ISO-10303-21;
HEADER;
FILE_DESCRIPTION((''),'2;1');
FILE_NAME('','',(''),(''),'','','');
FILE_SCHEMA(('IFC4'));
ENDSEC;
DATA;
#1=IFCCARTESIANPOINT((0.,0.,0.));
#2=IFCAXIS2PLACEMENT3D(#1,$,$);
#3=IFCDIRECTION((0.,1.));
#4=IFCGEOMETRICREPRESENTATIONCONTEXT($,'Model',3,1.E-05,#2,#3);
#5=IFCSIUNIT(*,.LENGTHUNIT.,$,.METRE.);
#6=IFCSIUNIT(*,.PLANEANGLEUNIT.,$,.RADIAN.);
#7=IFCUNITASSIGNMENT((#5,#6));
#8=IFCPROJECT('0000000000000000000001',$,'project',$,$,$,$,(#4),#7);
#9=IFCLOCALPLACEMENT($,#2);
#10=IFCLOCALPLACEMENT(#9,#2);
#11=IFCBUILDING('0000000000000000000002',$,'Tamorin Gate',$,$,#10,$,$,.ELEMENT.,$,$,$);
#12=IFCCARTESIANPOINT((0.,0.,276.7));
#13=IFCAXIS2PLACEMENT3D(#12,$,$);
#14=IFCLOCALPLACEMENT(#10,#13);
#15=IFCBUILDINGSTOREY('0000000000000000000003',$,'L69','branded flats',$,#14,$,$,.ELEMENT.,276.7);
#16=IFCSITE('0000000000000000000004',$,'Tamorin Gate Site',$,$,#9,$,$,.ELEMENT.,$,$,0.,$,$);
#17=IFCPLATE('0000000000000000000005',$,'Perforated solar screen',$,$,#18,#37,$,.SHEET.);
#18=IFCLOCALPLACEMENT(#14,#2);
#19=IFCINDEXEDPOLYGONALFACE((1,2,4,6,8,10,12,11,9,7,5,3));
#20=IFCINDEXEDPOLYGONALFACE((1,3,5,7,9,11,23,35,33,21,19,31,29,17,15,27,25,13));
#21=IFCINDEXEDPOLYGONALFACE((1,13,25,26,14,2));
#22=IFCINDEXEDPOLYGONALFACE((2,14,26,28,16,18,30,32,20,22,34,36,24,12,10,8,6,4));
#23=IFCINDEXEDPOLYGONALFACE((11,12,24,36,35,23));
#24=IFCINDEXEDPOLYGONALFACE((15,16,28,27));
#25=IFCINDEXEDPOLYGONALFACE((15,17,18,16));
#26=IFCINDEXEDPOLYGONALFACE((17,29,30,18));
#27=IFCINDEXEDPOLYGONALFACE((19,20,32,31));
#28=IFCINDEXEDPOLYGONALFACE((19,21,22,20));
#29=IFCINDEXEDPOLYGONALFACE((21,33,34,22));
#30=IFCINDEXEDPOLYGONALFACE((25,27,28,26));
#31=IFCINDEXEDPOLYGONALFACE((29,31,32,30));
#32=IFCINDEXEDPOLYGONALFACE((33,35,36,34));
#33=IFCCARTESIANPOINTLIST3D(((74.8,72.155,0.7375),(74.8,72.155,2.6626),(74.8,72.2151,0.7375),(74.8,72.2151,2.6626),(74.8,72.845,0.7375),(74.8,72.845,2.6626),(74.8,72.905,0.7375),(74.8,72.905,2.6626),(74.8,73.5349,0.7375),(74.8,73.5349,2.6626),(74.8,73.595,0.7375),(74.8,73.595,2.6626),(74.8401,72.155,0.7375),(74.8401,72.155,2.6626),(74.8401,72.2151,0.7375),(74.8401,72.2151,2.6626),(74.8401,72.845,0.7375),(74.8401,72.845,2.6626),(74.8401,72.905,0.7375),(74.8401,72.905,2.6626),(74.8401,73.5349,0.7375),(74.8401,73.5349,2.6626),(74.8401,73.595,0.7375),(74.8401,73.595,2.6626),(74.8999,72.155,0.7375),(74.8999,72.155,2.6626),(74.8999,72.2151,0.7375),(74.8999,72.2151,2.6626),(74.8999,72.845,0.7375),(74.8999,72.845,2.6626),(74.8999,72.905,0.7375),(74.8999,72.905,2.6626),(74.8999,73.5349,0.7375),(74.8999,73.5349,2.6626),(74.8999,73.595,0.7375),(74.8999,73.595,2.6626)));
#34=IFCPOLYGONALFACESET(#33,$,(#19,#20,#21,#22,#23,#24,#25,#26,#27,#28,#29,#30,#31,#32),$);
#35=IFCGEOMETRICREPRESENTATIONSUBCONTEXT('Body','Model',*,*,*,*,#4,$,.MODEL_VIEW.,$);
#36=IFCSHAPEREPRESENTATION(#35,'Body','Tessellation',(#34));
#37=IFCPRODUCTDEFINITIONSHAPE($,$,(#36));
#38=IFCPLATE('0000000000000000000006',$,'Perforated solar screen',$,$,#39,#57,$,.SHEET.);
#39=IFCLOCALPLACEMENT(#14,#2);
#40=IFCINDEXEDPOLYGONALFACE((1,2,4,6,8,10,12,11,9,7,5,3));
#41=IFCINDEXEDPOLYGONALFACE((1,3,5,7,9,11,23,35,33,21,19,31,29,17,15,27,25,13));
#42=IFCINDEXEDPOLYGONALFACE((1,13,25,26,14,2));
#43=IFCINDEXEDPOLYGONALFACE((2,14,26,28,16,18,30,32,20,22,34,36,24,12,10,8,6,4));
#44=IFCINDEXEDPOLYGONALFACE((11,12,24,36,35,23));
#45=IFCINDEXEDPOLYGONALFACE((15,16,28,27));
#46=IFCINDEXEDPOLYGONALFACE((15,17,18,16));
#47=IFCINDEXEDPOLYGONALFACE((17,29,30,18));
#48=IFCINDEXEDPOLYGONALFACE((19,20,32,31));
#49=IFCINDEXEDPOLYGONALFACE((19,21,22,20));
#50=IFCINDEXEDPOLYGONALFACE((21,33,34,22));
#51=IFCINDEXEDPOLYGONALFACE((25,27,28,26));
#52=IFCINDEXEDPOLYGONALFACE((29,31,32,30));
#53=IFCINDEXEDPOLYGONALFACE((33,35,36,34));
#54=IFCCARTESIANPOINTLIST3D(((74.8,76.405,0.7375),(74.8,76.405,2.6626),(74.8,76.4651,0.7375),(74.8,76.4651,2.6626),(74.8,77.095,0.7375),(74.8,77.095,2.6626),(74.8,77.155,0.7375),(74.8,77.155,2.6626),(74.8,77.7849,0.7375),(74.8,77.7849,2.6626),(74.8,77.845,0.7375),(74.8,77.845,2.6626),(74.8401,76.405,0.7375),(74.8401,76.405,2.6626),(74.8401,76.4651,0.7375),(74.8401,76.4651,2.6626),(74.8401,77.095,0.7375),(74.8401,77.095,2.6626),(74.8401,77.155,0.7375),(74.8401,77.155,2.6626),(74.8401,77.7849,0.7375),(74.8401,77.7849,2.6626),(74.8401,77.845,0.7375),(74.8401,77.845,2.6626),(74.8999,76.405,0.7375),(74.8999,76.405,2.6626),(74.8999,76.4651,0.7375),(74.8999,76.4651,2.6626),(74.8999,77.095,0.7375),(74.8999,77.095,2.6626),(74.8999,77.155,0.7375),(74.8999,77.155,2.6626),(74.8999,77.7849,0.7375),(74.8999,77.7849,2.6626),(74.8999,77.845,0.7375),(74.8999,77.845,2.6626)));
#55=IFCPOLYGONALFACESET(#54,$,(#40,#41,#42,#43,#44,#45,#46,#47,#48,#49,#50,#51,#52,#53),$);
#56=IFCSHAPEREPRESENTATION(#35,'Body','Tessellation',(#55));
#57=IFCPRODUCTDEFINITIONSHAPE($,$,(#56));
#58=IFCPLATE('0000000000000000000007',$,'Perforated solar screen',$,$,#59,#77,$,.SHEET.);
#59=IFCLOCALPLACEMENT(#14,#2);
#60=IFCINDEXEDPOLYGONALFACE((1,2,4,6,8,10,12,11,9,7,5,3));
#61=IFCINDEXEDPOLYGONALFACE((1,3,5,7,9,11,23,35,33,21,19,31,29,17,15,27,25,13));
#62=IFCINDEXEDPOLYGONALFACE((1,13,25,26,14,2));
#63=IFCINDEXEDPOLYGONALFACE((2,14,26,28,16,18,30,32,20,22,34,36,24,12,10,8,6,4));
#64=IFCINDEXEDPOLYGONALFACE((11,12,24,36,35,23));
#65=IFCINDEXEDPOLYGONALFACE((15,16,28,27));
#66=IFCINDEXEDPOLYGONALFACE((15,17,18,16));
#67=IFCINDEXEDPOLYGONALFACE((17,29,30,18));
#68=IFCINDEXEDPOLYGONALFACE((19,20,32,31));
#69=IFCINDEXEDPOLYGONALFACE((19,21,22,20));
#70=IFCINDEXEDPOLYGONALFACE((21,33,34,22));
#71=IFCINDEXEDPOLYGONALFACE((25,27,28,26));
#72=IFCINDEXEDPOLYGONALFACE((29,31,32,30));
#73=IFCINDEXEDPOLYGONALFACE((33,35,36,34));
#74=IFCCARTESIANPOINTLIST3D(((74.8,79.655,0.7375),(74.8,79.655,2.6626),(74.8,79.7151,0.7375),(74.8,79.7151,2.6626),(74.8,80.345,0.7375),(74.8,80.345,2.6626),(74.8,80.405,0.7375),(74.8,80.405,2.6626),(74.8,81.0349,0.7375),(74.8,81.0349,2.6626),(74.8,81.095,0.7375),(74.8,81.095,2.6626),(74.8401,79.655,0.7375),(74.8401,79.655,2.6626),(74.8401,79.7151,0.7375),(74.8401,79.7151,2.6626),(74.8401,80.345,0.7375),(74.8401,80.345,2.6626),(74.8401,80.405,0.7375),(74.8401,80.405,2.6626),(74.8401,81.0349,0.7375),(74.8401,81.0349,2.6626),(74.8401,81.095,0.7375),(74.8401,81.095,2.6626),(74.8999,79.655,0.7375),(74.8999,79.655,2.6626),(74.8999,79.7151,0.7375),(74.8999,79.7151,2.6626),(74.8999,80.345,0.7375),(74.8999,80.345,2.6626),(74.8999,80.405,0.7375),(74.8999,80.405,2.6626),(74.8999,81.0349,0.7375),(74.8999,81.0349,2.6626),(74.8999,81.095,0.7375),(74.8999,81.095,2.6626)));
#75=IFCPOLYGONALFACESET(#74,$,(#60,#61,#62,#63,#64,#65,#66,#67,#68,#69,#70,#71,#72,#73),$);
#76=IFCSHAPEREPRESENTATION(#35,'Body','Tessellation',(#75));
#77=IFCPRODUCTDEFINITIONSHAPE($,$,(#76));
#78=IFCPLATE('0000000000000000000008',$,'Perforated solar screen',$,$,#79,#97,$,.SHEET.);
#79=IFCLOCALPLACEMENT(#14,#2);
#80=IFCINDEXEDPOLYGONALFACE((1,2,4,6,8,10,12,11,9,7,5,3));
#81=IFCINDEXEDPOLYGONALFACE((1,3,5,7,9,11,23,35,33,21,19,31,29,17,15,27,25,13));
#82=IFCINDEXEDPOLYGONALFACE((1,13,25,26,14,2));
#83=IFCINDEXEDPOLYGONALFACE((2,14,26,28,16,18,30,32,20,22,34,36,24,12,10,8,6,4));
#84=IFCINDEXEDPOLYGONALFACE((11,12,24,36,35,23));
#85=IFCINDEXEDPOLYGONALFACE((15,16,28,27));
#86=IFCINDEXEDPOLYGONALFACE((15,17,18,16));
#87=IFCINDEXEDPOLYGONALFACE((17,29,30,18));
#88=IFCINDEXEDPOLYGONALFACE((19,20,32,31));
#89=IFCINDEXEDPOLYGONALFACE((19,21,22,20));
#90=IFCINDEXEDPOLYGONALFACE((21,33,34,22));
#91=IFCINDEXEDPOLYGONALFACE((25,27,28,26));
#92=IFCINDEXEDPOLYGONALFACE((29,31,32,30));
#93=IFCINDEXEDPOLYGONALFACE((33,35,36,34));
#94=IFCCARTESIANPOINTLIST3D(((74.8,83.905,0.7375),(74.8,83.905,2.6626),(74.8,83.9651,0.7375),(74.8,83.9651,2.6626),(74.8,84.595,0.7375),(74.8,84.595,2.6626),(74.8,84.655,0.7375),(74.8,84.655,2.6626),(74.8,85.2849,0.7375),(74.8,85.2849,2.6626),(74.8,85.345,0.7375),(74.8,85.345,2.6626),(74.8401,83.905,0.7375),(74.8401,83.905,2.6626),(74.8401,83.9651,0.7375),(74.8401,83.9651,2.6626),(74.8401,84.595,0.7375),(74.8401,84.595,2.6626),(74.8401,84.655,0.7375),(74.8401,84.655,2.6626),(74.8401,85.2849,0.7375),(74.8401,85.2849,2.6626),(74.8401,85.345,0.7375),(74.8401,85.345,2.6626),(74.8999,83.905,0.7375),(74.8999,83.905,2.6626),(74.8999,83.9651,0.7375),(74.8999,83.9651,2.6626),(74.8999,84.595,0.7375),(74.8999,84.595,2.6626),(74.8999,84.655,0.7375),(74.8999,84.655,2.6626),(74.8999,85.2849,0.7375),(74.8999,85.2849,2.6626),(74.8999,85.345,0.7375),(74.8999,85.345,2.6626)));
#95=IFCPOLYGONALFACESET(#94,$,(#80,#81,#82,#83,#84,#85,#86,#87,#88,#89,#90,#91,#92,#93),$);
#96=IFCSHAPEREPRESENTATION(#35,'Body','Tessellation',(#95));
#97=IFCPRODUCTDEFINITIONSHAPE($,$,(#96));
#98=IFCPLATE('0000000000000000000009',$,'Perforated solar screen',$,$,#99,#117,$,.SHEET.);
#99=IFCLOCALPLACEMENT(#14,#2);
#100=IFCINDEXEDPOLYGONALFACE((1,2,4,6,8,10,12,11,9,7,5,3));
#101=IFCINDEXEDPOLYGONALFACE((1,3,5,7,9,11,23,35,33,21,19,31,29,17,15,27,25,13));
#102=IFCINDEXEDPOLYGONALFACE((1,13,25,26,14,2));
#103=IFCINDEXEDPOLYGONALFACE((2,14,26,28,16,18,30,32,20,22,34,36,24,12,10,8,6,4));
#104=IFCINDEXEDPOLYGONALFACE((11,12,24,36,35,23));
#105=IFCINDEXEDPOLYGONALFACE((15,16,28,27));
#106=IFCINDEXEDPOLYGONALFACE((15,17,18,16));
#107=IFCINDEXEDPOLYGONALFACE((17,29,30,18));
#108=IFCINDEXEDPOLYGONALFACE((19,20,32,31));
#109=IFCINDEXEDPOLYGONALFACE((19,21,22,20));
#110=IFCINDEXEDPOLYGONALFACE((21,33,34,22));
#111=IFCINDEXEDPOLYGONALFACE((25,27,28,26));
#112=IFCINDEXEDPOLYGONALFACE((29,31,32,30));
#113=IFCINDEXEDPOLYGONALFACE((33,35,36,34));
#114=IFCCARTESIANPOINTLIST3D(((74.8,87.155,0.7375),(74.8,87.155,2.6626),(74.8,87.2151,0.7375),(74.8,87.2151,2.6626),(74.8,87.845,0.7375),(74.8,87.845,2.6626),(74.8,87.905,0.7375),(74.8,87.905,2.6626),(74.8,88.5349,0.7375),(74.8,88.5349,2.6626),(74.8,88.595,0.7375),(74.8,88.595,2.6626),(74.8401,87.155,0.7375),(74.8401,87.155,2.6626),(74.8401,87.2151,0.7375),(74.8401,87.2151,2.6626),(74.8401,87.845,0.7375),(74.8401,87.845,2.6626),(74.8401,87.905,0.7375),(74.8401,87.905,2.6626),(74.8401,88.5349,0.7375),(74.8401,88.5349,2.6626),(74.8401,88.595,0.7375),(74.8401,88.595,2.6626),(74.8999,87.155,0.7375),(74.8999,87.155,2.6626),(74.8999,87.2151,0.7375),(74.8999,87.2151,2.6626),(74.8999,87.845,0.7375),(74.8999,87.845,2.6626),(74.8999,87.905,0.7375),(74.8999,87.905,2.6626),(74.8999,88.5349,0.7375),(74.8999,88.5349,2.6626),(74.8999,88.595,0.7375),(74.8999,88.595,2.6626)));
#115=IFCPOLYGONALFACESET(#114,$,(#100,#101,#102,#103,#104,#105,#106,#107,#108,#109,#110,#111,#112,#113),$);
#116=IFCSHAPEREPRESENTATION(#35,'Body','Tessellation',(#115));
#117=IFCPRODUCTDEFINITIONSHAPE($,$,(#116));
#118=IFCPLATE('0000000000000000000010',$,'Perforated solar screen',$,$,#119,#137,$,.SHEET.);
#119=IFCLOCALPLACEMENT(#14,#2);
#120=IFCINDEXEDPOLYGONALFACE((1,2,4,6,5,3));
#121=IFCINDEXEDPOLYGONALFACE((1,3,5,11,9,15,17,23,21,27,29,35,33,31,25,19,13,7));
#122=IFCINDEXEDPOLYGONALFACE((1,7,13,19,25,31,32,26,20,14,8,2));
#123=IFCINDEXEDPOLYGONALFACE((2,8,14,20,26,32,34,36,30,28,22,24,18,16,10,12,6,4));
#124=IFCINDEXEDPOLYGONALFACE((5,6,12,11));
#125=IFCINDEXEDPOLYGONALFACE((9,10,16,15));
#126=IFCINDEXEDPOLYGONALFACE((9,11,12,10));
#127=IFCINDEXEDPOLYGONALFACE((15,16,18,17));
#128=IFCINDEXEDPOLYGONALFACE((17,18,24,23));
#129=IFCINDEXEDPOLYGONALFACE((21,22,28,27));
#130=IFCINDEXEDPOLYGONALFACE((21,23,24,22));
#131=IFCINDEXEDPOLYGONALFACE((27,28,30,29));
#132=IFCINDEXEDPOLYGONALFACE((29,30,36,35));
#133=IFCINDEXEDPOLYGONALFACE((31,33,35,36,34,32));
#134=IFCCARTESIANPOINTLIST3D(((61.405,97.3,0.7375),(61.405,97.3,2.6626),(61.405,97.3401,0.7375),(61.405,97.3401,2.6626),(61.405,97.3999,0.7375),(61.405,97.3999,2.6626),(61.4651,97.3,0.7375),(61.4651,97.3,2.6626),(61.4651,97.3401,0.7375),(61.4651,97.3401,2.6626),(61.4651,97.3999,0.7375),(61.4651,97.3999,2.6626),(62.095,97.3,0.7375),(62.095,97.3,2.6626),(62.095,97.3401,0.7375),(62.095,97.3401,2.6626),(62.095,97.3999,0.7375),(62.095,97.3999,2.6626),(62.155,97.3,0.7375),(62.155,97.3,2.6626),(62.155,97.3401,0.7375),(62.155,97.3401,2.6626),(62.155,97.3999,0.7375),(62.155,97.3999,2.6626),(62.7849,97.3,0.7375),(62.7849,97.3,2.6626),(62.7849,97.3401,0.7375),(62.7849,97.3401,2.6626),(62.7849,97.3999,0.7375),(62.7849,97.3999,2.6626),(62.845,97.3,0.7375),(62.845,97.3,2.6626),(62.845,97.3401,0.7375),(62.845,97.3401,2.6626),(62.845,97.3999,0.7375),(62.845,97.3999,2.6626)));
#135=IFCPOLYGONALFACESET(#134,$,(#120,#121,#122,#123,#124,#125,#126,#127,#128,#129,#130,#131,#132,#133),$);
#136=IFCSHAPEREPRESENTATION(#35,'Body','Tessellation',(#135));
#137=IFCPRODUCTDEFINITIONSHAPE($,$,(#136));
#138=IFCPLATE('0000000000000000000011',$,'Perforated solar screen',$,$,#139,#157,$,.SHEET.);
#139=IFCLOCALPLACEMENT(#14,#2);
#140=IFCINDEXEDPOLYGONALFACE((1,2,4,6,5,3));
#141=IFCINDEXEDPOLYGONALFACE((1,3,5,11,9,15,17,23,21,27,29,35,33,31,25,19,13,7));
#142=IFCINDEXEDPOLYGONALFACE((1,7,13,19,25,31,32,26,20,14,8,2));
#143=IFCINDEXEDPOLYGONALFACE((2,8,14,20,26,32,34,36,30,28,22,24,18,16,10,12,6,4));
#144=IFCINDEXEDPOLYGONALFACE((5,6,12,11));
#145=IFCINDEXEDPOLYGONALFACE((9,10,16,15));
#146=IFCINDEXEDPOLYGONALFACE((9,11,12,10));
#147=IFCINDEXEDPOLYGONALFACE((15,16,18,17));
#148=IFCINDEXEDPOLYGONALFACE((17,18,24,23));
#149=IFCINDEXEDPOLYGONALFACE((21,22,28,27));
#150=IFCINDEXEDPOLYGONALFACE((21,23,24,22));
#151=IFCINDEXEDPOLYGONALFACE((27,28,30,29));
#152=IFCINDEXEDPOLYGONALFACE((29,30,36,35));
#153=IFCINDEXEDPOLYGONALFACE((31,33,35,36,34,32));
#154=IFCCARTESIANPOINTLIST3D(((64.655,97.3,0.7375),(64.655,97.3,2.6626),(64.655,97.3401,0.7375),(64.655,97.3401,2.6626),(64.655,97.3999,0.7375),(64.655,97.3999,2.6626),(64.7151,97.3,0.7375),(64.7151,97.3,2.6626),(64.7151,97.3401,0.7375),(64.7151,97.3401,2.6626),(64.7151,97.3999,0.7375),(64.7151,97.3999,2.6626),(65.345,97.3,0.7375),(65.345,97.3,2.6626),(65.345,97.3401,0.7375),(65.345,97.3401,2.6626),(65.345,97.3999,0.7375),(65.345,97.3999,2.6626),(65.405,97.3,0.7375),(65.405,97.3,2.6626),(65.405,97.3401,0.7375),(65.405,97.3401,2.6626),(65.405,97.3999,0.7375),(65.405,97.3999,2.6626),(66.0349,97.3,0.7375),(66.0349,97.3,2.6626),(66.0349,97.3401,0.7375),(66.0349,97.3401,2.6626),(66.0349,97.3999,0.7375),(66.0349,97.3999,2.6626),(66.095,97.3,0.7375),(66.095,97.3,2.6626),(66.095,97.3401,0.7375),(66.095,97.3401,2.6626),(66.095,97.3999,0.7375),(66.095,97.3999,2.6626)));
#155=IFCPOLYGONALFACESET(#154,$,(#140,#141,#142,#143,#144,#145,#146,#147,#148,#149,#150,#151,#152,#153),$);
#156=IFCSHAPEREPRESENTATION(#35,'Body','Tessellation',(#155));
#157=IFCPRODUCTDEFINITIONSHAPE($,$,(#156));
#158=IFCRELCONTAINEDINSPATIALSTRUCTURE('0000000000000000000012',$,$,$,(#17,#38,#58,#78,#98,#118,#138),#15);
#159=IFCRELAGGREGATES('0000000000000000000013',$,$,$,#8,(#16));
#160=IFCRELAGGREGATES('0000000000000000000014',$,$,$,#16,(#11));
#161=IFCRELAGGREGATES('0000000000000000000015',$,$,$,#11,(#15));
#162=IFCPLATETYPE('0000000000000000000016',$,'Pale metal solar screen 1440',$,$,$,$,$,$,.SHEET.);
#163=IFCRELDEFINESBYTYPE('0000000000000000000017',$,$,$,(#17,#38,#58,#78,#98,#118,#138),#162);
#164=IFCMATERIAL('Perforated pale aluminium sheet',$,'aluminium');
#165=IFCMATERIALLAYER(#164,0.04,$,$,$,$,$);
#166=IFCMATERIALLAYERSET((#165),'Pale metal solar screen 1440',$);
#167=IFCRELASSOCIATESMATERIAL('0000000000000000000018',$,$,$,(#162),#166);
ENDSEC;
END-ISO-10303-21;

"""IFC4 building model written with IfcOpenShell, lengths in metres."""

from ifc_helpers import new_model, si_unit, direction, frame, origin, place, context, subcontext, project, spatial, polyline, outline, extrude, material, layer, layer_set, type_object, element, save


model = new_model("IFC4")

# Units and contexts
model_context = context("Model", 3, precision=1e-05, world=origin(), true_north=direction((0.0, 1.0)))
body_context = subcontext(model_context, "Body", "Model", "MODEL_VIEW")
ifc_project = project(units=[si_unit("LENGTHUNIT", "METRE"), si_unit("PLANEANGLEUNIT", "RADIAN")], contexts=[model_context])

# Site, building, storey
site_placement = place(None, origin())
site = spatial("IfcSite", under=ifc_project, at=site_placement, Name="Tamorin Gate Site", CompositionType="ELEMENT", RefElevation=0.0)
building_placement = place(site_placement, origin())
building = spatial("IfcBuilding", under=site, at=building_placement, Name="Tamorin Gate", CompositionType="ELEMENT")
storey_placement = place(building_placement, frame((0.0, 0.0, 276.7)))
storey = spatial("IfcBuildingStorey", under=building, at=storey_placement, Name="L69", Description="branded flats", CompositionType="ELEMENT", Elevation=276.7)

# Plates
ifc_material_1 = material(Name="Perforated pale aluminium sheet", Category="aluminium")
ifc_layer_1 = layer(ifc_material_1, 0.04)
ifc_layer_set_1 = layer_set([ifc_layer_1], Name="Pale metal solar screen 1440")
plate_type = type_object("IfcPlateType", Name="Pale metal solar screen 1440", PredefinedType="SHEET", material=ifc_layer_set_1)
plate_1_placement = place(storey_placement, frame((0.0, 0.0, 0.7375)))
element("IfcPlate", 1, at=plate_1_placement, inside=storey, type_object=plate_type, Name="Perforated solar screen", PredefinedType="SHEET", context=body_context, shape_type="SweptSolid", body=[
    extrude(outline(polyline([(74.8401, 72.155), (74.8, 72.155), (74.8, 72.2151), (74.8, 72.845), (74.8, 72.905), (74.8, 73.5349), (74.8, 73.595), (74.8401, 73.595), (74.8999, 73.595), (74.8999, 73.5349), (74.8401, 73.5349), (74.8401, 72.905), (74.8999, 72.905), (74.8999, 72.845), (74.8401, 72.845), (74.8401, 72.2151), (74.8999, 72.2151), (74.8999, 72.155), (74.8401, 72.155)])), origin(), (0.0, 0.0, 1.0), 1.925),
])
plate_2_placement = place(storey_placement, frame((0.0, 0.0, 0.7375)))
element("IfcPlate", 2, at=plate_2_placement, inside=storey, type_object=plate_type, Name="Perforated solar screen", PredefinedType="SHEET", context=body_context, shape_type="SweptSolid", body=[
    extrude(outline(polyline([(74.8401, 76.405), (74.8, 76.405), (74.8, 76.4651), (74.8, 77.095), (74.8, 77.155), (74.8, 77.7849), (74.8, 77.845), (74.8401, 77.845), (74.8999, 77.845), (74.8999, 77.7849), (74.8401, 77.7849), (74.8401, 77.155), (74.8999, 77.155), (74.8999, 77.095), (74.8401, 77.095), (74.8401, 76.4651), (74.8999, 76.4651), (74.8999, 76.405), (74.8401, 76.405)])), origin(), (0.0, 0.0, 1.0), 1.925),
])
plate_3_placement = place(storey_placement, frame((0.0, 0.0, 0.7375)))
element("IfcPlate", 3, at=plate_3_placement, inside=storey, type_object=plate_type, Name="Perforated solar screen", PredefinedType="SHEET", context=body_context, shape_type="SweptSolid", body=[
    extrude(outline(polyline([(74.8401, 79.655), (74.8, 79.655), (74.8, 79.7151), (74.8, 80.345), (74.8, 80.405), (74.8, 81.0349), (74.8, 81.095), (74.8401, 81.095), (74.8999, 81.095), (74.8999, 81.0349), (74.8401, 81.0349), (74.8401, 80.405), (74.8999, 80.405), (74.8999, 80.345), (74.8401, 80.345), (74.8401, 79.7151), (74.8999, 79.7151), (74.8999, 79.655), (74.8401, 79.655)])), origin(), (0.0, 0.0, 1.0), 1.925),
])
plate_4_placement = place(storey_placement, frame((0.0, 0.0, 0.7375)))
element("IfcPlate", 4, at=plate_4_placement, inside=storey, type_object=plate_type, Name="Perforated solar screen", PredefinedType="SHEET", context=body_context, shape_type="SweptSolid", body=[
    extrude(outline(polyline([(74.8401, 83.905), (74.8, 83.905), (74.8, 83.9651), (74.8, 84.595), (74.8, 84.655), (74.8, 85.2849), (74.8, 85.345), (74.8401, 85.345), (74.8999, 85.345), (74.8999, 85.2849), (74.8401, 85.2849), (74.8401, 84.655), (74.8999, 84.655), (74.8999, 84.595), (74.8401, 84.595), (74.8401, 83.9651), (74.8999, 83.9651), (74.8999, 83.905), (74.8401, 83.905)])), origin(), (0.0, 0.0, 1.0), 1.925),
])
plate_5_placement = place(storey_placement, frame((0.0, 0.0, 0.7375)))
element("IfcPlate", 5, at=plate_5_placement, inside=storey, type_object=plate_type, Name="Perforated solar screen", PredefinedType="SHEET", context=body_context, shape_type="SweptSolid", body=[
    extrude(outline(polyline([(74.8401, 87.155), (74.8, 87.155), (74.8, 87.2151), (74.8, 87.845), (74.8, 87.905), (74.8, 88.5349), (74.8, 88.595), (74.8401, 88.595), (74.8999, 88.595), (74.8999, 88.5349), (74.8401, 88.5349), (74.8401, 87.905), (74.8999, 87.905), (74.8999, 87.845), (74.8401, 87.845), (74.8401, 87.2151), (74.8999, 87.2151), (74.8999, 87.155), (74.8401, 87.155)])), origin(), (0.0, 0.0, 1.0), 1.925),
])
plate_6_placement = place(storey_placement, frame((0.0, 0.0, 0.7375)))
element("IfcPlate", 6, at=plate_6_placement, inside=storey, type_object=plate_type, Name="Perforated solar screen", PredefinedType="SHEET", context=body_context, shape_type="SweptSolid", body=[
    extrude(outline(polyline([(62.845, 97.3401), (62.845, 97.3), (62.7849, 97.3), (62.155, 97.3), (62.095, 97.3), (61.4651, 97.3), (61.405, 97.3), (61.405, 97.3), (61.405, 97.3401), (61.405, 97.3401), (61.405, 97.3999), (61.4651, 97.3999), (61.4651, 97.3401), (62.095, 97.3401), (62.095, 97.3999), (62.155, 97.3999), (62.155, 97.3401), (62.7849, 97.3401), (62.7849, 97.3999), (62.845, 97.3999), (62.845, 97.3401)])), origin(), (0.0, 0.0, 1.0), 1.925),
])
plate_7_placement = place(storey_placement, frame((0.0, 0.0, 0.7375)))
element("IfcPlate", 7, at=plate_7_placement, inside=storey, type_object=plate_type, Name="Perforated solar screen", PredefinedType="SHEET", context=body_context, shape_type="SweptSolid", body=[
    extrude(outline(polyline([(66.095, 97.3401), (66.095, 97.3), (66.0349, 97.3), (65.405, 97.3), (65.345, 97.3), (64.7151, 97.3), (64.655, 97.3), (64.655, 97.3), (64.655, 97.3401), (64.655, 97.3401), (64.655, 97.3999), (64.7151, 97.3999), (64.7151, 97.3401), (65.345, 97.3401), (65.345, 97.3999), (65.405, 97.3999), (65.405, 97.3401), (66.0349, 97.3401), (66.0349, 97.3999), (66.095, 97.3999), (66.095, 97.3401)])), origin(), (0.0, 0.0, 1.0), 1.925),
])

save(model, "model.ifc")
